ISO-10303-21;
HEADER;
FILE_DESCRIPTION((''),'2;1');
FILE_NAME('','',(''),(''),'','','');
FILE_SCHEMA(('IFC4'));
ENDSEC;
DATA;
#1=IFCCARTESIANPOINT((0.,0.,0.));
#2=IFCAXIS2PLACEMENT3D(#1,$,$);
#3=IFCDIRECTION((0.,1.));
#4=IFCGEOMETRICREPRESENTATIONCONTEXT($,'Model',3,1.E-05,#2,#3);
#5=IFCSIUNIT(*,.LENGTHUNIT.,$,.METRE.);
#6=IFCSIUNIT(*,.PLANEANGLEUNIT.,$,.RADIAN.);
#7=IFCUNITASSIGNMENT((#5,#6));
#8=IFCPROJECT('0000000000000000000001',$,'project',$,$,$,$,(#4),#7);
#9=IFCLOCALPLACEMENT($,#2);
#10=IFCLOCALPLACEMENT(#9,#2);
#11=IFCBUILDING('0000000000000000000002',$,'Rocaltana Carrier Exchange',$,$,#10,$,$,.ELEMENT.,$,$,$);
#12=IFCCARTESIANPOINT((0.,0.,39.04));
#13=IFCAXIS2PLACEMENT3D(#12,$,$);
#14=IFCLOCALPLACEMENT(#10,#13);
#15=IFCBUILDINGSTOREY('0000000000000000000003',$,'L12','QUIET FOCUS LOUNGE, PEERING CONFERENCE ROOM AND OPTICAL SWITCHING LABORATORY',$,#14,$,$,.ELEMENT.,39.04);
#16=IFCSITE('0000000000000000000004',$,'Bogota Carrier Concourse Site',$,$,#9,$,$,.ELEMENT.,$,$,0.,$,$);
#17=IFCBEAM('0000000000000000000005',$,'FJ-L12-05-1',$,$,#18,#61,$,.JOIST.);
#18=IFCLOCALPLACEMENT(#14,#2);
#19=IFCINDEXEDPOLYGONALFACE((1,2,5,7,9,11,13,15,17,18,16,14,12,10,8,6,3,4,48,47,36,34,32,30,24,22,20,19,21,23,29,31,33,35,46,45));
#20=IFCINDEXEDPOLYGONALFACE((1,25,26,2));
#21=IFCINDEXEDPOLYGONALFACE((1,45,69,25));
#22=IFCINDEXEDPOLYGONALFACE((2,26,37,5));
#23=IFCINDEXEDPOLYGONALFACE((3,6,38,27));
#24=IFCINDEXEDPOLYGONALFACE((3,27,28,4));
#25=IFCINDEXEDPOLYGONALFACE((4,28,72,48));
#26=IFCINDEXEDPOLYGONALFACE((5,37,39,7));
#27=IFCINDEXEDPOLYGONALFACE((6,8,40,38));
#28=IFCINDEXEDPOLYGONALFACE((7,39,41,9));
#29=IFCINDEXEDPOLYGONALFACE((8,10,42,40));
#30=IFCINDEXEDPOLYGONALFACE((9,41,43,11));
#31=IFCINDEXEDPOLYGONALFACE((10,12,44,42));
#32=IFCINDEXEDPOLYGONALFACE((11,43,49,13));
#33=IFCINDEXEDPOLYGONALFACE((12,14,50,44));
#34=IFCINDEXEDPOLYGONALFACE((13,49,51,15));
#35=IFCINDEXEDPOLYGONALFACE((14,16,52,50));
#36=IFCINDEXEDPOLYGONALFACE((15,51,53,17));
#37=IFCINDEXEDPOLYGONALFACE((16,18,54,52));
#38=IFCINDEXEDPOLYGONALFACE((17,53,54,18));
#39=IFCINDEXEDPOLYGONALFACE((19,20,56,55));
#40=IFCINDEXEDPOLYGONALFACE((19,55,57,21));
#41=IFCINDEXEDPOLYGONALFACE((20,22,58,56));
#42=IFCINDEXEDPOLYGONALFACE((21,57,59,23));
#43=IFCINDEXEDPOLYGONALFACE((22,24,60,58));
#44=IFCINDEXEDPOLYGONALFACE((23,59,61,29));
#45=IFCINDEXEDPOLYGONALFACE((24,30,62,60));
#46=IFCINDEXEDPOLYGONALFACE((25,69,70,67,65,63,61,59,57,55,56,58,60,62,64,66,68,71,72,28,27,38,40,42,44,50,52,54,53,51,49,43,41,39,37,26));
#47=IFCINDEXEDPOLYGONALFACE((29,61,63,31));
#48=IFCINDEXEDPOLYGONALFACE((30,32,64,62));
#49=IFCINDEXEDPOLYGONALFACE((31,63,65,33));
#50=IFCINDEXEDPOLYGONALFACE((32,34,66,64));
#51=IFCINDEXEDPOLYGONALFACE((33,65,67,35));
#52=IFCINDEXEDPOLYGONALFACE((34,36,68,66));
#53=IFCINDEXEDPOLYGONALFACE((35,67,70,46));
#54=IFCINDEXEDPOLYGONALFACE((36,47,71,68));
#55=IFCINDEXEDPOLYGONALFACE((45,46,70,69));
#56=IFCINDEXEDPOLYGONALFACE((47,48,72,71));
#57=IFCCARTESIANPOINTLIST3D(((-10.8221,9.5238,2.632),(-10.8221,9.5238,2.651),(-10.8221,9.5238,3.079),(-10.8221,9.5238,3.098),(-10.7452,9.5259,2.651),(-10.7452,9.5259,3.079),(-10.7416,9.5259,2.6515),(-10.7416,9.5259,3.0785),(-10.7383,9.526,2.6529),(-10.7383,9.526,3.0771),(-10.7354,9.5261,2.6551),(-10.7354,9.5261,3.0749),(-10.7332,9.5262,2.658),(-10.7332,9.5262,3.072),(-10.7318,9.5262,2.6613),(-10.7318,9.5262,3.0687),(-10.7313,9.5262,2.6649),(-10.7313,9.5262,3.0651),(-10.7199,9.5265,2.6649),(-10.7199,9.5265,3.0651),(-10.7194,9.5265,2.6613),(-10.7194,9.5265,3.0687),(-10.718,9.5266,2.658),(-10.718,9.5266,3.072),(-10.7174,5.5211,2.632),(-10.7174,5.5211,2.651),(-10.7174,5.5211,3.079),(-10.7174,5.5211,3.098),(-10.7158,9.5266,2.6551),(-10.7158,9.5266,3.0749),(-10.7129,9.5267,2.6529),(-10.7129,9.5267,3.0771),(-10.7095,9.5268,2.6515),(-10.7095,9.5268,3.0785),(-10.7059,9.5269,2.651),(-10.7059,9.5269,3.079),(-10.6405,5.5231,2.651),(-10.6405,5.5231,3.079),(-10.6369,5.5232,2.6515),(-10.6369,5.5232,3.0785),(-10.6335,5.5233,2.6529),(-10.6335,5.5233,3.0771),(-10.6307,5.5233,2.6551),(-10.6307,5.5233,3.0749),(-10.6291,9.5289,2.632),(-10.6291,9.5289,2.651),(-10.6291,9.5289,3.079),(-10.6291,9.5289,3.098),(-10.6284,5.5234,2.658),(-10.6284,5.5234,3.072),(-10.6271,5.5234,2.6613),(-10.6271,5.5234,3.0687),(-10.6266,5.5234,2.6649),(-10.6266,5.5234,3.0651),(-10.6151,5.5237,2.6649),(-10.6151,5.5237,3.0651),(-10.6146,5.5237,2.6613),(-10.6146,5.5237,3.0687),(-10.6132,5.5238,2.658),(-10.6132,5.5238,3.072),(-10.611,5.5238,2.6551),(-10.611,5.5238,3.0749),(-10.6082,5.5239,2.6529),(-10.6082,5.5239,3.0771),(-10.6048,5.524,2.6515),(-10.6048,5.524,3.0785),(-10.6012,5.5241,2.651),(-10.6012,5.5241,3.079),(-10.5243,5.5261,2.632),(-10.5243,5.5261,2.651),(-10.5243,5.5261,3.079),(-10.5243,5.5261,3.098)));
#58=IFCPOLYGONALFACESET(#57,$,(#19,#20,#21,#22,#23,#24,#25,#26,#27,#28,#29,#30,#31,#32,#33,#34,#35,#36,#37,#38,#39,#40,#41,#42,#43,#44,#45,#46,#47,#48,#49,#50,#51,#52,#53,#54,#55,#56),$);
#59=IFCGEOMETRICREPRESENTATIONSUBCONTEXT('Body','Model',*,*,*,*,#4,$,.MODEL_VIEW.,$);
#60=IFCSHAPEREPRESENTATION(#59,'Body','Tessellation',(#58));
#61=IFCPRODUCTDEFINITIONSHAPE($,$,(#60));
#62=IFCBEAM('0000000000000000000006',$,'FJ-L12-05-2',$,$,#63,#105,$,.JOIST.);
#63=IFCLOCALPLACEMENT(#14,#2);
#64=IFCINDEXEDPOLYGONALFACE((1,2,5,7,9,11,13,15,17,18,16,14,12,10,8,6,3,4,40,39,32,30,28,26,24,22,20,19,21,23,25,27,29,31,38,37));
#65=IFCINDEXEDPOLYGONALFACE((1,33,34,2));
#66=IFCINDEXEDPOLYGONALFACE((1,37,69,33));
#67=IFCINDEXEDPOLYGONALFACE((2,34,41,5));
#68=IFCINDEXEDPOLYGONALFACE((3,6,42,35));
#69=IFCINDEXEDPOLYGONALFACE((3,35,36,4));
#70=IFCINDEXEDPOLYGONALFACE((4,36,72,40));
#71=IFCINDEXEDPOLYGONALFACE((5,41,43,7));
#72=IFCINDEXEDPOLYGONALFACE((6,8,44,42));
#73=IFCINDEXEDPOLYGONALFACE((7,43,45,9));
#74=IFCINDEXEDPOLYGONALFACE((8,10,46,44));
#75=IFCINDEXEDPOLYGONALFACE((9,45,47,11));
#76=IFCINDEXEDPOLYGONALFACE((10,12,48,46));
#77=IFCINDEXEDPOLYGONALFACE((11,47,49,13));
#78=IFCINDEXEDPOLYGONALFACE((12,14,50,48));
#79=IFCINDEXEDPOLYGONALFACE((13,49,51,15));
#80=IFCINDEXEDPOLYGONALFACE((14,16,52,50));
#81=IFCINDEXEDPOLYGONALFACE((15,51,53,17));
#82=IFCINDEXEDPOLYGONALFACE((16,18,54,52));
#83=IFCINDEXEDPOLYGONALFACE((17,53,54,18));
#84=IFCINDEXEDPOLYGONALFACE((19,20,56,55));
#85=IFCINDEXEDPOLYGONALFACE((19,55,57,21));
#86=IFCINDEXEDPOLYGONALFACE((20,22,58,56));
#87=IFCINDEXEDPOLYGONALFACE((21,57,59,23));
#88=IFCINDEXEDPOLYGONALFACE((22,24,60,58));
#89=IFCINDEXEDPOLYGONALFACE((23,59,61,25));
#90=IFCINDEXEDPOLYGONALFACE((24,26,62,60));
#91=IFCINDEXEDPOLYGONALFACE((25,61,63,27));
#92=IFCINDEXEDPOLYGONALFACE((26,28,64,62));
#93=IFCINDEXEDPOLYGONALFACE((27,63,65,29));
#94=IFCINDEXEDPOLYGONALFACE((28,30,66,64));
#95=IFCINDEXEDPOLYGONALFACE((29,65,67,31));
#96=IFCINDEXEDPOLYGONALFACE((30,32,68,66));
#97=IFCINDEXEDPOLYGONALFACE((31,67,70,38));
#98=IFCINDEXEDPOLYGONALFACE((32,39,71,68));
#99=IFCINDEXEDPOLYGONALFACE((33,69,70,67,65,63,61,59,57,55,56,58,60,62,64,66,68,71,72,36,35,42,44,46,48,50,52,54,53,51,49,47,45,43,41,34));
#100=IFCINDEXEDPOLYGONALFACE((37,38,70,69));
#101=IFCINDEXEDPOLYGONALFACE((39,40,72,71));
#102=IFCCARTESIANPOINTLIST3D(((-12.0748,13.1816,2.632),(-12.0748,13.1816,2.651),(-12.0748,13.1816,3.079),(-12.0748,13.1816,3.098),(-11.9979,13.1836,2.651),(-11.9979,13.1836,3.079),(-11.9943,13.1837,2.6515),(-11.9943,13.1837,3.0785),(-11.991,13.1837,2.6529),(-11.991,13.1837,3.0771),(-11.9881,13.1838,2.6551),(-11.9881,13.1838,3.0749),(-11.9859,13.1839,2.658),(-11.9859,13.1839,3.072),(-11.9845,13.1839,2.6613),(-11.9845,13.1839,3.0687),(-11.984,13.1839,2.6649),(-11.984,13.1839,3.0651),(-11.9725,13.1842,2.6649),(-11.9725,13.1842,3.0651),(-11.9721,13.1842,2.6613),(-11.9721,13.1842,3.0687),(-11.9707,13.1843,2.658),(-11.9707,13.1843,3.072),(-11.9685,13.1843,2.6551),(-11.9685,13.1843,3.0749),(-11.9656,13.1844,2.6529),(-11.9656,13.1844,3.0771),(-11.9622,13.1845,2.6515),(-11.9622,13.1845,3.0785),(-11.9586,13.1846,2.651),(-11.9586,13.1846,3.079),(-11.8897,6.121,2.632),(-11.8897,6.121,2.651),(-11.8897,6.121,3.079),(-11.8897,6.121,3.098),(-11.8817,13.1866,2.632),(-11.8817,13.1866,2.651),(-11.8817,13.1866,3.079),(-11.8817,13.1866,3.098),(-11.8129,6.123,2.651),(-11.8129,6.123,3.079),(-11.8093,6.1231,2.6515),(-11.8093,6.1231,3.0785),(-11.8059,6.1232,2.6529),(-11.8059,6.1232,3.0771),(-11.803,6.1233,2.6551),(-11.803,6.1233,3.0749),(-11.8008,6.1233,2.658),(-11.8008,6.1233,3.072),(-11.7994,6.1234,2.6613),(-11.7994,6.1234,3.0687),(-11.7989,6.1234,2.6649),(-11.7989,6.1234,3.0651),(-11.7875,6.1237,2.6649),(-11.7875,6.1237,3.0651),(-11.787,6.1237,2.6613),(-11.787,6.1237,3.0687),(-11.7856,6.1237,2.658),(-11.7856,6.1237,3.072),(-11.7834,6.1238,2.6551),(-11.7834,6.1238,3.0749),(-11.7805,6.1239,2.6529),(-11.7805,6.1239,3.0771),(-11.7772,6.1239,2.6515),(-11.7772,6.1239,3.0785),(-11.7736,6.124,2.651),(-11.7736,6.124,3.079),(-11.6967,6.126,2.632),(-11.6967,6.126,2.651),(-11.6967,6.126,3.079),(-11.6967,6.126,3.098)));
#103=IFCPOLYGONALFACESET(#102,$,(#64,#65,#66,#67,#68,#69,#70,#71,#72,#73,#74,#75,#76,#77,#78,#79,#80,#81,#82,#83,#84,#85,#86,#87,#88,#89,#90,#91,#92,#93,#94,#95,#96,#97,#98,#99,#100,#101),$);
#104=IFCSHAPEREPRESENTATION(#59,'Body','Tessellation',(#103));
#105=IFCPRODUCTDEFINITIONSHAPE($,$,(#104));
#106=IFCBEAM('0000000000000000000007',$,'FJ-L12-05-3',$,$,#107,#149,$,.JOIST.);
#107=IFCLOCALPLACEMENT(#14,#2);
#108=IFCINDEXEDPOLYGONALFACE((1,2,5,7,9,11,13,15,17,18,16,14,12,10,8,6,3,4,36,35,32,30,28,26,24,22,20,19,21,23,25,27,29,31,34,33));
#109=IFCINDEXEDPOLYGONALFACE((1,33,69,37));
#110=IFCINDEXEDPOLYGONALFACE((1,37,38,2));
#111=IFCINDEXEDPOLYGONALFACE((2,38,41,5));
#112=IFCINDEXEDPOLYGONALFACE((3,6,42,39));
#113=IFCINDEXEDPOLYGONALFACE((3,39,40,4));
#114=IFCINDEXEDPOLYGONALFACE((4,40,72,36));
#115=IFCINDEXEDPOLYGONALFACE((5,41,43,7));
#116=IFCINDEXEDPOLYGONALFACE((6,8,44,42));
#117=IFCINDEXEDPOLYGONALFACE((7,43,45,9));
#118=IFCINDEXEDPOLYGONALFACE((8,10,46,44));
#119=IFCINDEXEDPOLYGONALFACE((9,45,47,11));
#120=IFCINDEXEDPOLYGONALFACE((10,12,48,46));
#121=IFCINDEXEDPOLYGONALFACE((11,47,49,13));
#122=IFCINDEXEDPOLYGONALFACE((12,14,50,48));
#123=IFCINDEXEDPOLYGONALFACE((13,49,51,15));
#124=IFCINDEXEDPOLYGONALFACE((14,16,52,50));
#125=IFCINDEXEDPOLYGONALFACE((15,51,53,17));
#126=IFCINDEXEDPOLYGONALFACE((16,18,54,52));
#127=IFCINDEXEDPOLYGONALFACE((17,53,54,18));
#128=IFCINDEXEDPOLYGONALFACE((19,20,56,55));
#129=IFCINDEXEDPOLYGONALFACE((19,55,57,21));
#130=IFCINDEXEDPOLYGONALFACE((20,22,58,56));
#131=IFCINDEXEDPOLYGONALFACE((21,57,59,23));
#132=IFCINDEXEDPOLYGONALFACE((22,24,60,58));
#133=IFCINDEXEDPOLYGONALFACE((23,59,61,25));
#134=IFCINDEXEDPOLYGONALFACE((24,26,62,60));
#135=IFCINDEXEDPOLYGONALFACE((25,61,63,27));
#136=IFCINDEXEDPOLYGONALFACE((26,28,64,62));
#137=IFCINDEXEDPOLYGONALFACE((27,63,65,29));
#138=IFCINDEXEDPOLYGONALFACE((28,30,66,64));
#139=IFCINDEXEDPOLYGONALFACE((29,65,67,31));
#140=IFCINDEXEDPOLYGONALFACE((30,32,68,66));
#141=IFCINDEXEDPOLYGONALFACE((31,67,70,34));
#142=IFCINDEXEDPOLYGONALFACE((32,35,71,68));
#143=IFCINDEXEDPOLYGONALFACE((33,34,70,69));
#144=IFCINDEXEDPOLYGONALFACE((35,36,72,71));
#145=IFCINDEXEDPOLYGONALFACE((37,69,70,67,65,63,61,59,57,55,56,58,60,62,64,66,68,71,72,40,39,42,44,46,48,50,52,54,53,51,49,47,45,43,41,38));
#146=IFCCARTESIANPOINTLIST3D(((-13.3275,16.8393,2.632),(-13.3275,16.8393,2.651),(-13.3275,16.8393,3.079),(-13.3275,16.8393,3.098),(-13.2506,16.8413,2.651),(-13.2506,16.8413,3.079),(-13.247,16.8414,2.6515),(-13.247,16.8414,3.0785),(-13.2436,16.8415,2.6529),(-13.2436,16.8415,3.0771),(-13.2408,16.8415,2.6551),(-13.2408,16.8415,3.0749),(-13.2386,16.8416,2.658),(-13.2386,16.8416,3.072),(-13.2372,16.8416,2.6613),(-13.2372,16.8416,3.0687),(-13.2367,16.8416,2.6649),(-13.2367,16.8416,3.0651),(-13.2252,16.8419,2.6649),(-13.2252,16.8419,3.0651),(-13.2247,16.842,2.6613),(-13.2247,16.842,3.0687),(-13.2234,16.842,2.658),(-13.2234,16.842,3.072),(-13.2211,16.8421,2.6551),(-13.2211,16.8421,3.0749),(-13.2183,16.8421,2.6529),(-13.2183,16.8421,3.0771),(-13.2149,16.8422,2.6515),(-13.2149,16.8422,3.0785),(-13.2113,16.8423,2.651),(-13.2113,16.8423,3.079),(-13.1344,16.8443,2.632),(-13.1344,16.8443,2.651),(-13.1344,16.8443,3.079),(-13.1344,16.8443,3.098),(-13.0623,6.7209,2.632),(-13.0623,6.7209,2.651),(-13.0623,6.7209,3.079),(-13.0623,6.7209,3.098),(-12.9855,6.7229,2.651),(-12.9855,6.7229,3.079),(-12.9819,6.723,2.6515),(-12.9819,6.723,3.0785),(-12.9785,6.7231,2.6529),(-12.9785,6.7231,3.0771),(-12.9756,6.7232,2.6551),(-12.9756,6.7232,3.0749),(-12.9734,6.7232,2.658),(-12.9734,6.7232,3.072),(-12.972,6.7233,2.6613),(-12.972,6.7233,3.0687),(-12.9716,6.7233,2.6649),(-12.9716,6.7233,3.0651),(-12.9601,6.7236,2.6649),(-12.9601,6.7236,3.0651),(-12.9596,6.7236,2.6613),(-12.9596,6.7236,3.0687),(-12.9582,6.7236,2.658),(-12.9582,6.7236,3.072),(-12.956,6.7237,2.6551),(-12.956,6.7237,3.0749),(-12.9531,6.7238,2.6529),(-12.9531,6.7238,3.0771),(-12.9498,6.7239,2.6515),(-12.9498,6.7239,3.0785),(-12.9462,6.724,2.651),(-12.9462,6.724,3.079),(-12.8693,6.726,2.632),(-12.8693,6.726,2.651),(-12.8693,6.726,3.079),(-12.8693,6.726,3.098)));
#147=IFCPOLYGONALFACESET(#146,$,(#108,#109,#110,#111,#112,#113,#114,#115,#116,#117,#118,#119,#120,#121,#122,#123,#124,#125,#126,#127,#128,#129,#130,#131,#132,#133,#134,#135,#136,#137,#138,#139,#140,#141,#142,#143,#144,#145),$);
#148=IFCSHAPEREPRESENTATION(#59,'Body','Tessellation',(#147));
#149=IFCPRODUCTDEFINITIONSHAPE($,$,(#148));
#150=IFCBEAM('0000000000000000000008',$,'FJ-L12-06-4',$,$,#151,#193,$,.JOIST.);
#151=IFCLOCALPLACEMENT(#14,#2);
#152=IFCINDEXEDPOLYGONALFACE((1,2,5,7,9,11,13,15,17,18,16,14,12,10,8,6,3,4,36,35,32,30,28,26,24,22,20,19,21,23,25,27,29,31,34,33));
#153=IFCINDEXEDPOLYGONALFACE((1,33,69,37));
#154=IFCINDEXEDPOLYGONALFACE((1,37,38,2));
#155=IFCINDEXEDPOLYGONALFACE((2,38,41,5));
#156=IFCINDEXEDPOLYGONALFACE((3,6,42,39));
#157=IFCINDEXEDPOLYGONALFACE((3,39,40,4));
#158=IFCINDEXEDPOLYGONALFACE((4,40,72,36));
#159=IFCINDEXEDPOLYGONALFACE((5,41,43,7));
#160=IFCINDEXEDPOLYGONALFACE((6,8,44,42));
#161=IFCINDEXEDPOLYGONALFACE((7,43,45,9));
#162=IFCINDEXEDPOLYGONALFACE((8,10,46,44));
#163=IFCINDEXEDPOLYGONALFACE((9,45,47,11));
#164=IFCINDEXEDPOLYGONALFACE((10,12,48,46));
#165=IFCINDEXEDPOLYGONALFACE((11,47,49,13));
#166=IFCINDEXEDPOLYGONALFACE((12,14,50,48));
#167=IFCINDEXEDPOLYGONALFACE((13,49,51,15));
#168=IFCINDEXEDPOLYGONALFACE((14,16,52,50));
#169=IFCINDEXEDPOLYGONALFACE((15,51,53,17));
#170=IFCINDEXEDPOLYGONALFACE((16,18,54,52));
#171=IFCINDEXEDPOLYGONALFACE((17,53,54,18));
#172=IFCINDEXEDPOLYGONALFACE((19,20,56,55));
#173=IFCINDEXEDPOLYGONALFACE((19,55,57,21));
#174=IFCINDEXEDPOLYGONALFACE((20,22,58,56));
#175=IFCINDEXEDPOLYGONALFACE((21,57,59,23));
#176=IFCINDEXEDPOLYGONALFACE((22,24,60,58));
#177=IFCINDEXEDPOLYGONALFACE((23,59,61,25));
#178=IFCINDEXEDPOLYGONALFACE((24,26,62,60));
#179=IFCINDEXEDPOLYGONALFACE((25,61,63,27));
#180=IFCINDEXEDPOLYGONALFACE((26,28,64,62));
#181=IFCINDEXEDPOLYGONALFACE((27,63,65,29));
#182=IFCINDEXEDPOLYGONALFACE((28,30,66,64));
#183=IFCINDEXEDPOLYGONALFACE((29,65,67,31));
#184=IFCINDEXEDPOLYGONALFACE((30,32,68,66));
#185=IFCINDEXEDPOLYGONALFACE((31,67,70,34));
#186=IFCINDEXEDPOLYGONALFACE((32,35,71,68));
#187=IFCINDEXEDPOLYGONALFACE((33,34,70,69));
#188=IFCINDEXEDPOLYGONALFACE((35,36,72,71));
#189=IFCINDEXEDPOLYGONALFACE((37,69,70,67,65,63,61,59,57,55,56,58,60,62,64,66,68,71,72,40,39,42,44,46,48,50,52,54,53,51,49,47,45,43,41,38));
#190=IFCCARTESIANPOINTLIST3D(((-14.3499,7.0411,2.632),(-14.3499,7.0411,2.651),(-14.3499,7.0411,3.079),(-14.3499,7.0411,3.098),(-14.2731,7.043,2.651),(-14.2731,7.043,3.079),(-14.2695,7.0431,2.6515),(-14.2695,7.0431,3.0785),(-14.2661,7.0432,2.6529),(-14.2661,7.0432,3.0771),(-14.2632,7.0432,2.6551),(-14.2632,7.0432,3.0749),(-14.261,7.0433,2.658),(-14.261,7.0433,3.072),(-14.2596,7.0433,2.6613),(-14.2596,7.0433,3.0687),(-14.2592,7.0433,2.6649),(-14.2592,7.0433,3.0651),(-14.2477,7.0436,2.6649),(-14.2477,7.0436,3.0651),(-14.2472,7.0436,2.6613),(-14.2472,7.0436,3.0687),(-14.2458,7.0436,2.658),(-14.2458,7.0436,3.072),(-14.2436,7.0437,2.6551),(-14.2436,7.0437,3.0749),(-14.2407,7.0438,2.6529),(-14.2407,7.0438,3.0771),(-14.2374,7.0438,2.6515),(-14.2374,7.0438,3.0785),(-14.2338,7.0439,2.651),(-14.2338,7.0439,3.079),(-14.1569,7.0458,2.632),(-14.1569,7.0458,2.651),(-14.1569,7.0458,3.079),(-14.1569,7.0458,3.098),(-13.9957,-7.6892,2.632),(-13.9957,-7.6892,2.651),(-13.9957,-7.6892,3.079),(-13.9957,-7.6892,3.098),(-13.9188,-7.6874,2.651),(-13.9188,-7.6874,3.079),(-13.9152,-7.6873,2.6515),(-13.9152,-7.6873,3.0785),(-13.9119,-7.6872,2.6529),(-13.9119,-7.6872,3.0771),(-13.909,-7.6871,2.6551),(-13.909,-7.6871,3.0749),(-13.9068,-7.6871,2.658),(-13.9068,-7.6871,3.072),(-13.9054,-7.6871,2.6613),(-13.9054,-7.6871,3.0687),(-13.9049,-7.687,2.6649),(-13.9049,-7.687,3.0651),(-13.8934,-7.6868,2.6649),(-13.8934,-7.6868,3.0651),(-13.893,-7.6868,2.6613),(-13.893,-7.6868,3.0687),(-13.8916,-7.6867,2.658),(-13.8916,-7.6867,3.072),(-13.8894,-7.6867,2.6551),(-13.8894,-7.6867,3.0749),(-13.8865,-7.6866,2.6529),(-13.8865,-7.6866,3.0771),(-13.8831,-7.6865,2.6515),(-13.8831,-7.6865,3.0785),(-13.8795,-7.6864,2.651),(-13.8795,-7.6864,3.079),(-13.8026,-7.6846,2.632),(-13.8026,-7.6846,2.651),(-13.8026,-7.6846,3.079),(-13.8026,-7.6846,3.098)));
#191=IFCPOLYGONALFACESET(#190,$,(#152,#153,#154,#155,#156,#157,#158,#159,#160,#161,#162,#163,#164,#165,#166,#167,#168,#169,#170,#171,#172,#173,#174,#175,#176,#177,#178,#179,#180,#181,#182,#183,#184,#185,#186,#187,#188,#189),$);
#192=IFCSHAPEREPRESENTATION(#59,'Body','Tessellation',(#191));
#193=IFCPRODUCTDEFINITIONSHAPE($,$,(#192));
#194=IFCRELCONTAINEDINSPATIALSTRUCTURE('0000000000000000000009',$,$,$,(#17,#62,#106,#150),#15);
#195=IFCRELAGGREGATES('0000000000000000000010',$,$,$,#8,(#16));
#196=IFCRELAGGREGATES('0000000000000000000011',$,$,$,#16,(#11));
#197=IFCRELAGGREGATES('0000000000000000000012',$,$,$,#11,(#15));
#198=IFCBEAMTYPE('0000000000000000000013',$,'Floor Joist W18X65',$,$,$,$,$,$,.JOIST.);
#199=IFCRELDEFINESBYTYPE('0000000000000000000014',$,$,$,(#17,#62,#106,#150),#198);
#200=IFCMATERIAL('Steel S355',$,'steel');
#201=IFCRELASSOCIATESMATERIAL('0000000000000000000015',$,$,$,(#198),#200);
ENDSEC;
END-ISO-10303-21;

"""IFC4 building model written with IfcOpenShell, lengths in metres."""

from ifc_helpers import new_model, si_unit, direction, frame, origin, origin_2d, place, context, subcontext, project, spatial, i_section, extrude, material, material_profile, profile_set, type_object, element, save


model = new_model("IFC4")

# Units and contexts
model_context = context("Model", 3, precision=1e-05, world=origin(), true_north=direction((0.0, 1.0)))
body_context = subcontext(model_context, "Body", "Model", "MODEL_VIEW")
ifc_project = project(units=[si_unit("LENGTHUNIT", "METRE"), si_unit("PLANEANGLEUNIT", "RADIAN")], contexts=[model_context])

# Site, building, storey
site_placement = place(None, origin())
site = spatial("IfcSite", under=ifc_project, at=site_placement, Name="Bogota Carrier Concourse Site", CompositionType="ELEMENT", RefElevation=0.0)
building_placement = place(site_placement, origin())
building = spatial("IfcBuilding", under=site, at=building_placement, Name="Rocaltana Carrier Exchange", CompositionType="ELEMENT")
storey_placement = place(building_placement, frame((0.0, 0.0, 39.04)))
storey = spatial("IfcBuildingStorey", under=building, at=storey_placement, Name="L12", Description="QUIET FOCUS LOUNGE, PEERING CONFERENCE ROOM AND OPTICAL SWITCHING LABORATORY", CompositionType="ELEMENT", Elevation=39.04)

# Beams
ifc_material_1 = material(Name="Steel S355", Category="steel")
ifc_material_profile_1 = material_profile(ifc_material_1, i_section(OverallWidth=0.1931, OverallDepth=0.4661, WebThickness=0.0115, FlangeThickness=0.019, FilletRadius=0.0139, at=origin_2d()), Name="W18X65")
ifc_profile_set_1 = profile_set([ifc_material_profile_1], Name="Steel S355")
beam_type_1 = type_object("IfcBeamType", Name="Floor Joist W18X65", PredefinedType="JOIST", material=ifc_profile_set_1)
beam_1_placement = place(storey_placement, frame((-10.7256, 9.5264, 2.865), z_axis=(0.026158, -0.999658, 0.0), x_axis=(0.999658, 0.026158, 0.0)))
element("IfcBeam", 1, at=beam_1_placement, inside=storey, type_object=beam_type_1, Name="FJ-L12-05-1", PredefinedType="JOIST", context=body_context, shape_type="SweptSolid", body=[
    extrude(i_section(OverallWidth=0.1931, OverallDepth=0.4661, WebThickness=0.0115, FlangeThickness=0.019, FilletRadius=0.0139, at=origin_2d()), origin(), (0.0, 0.0, 1.0), 4.0042),
])
beam_2_placement = place(storey_placement, frame((-11.9783, 13.1841, 2.865), z_axis=(0.026201, -0.999657, 0.0), x_axis=(0.999657, 0.026201, 0.0)))
element("IfcBeam", 2, at=beam_2_placement, inside=storey, type_object=beam_type_1, Name="FJ-L12-05-2", PredefinedType="JOIST", context=body_context, shape_type="SweptSolid", body=[
    extrude(i_section(OverallWidth=0.1931, OverallDepth=0.4661, WebThickness=0.0115, FlangeThickness=0.019, FilletRadius=0.0139, at=origin_2d()), origin(), (0.0, 0.0, 1.0), 7.063),
])
beam_3_placement = place(storey_placement, frame((-13.231, 16.8418, 2.865), z_axis=(0.026194, -0.999657, 0.0), x_axis=(0.999657, 0.026194, 0.0)))
element("IfcBeam", 3, at=beam_3_placement, inside=storey, type_object=beam_type_1, Name="FJ-L12-05-3", PredefinedType="JOIST", context=body_context, shape_type="SweptSolid", body=[
    extrude(i_section(OverallWidth=0.1931, OverallDepth=0.4661, WebThickness=0.0115, FlangeThickness=0.019, FilletRadius=0.0139, at=origin_2d()), origin(), (0.0, 0.0, 1.0), 10.1218),
])
beam_4_placement = place(storey_placement, frame((-14.2534, 7.0435, 2.865), z_axis=(0.024042, -0.999711, 0.0), x_axis=(0.999711, 0.024042, 0.0)))
element("IfcBeam", 4, at=beam_4_placement, inside=storey, type_object=beam_type_1, Name="FJ-L12-06-4", PredefinedType="JOIST", context=body_context, shape_type="SweptSolid", body=[
    extrude(i_section(OverallWidth=0.1931, OverallDepth=0.4661, WebThickness=0.0115, FlangeThickness=0.019, FilletRadius=0.0139, at=origin_2d()), origin(), (0.0, 0.0, 1.0), 14.7346),
])

save(model, "model.ifc")
